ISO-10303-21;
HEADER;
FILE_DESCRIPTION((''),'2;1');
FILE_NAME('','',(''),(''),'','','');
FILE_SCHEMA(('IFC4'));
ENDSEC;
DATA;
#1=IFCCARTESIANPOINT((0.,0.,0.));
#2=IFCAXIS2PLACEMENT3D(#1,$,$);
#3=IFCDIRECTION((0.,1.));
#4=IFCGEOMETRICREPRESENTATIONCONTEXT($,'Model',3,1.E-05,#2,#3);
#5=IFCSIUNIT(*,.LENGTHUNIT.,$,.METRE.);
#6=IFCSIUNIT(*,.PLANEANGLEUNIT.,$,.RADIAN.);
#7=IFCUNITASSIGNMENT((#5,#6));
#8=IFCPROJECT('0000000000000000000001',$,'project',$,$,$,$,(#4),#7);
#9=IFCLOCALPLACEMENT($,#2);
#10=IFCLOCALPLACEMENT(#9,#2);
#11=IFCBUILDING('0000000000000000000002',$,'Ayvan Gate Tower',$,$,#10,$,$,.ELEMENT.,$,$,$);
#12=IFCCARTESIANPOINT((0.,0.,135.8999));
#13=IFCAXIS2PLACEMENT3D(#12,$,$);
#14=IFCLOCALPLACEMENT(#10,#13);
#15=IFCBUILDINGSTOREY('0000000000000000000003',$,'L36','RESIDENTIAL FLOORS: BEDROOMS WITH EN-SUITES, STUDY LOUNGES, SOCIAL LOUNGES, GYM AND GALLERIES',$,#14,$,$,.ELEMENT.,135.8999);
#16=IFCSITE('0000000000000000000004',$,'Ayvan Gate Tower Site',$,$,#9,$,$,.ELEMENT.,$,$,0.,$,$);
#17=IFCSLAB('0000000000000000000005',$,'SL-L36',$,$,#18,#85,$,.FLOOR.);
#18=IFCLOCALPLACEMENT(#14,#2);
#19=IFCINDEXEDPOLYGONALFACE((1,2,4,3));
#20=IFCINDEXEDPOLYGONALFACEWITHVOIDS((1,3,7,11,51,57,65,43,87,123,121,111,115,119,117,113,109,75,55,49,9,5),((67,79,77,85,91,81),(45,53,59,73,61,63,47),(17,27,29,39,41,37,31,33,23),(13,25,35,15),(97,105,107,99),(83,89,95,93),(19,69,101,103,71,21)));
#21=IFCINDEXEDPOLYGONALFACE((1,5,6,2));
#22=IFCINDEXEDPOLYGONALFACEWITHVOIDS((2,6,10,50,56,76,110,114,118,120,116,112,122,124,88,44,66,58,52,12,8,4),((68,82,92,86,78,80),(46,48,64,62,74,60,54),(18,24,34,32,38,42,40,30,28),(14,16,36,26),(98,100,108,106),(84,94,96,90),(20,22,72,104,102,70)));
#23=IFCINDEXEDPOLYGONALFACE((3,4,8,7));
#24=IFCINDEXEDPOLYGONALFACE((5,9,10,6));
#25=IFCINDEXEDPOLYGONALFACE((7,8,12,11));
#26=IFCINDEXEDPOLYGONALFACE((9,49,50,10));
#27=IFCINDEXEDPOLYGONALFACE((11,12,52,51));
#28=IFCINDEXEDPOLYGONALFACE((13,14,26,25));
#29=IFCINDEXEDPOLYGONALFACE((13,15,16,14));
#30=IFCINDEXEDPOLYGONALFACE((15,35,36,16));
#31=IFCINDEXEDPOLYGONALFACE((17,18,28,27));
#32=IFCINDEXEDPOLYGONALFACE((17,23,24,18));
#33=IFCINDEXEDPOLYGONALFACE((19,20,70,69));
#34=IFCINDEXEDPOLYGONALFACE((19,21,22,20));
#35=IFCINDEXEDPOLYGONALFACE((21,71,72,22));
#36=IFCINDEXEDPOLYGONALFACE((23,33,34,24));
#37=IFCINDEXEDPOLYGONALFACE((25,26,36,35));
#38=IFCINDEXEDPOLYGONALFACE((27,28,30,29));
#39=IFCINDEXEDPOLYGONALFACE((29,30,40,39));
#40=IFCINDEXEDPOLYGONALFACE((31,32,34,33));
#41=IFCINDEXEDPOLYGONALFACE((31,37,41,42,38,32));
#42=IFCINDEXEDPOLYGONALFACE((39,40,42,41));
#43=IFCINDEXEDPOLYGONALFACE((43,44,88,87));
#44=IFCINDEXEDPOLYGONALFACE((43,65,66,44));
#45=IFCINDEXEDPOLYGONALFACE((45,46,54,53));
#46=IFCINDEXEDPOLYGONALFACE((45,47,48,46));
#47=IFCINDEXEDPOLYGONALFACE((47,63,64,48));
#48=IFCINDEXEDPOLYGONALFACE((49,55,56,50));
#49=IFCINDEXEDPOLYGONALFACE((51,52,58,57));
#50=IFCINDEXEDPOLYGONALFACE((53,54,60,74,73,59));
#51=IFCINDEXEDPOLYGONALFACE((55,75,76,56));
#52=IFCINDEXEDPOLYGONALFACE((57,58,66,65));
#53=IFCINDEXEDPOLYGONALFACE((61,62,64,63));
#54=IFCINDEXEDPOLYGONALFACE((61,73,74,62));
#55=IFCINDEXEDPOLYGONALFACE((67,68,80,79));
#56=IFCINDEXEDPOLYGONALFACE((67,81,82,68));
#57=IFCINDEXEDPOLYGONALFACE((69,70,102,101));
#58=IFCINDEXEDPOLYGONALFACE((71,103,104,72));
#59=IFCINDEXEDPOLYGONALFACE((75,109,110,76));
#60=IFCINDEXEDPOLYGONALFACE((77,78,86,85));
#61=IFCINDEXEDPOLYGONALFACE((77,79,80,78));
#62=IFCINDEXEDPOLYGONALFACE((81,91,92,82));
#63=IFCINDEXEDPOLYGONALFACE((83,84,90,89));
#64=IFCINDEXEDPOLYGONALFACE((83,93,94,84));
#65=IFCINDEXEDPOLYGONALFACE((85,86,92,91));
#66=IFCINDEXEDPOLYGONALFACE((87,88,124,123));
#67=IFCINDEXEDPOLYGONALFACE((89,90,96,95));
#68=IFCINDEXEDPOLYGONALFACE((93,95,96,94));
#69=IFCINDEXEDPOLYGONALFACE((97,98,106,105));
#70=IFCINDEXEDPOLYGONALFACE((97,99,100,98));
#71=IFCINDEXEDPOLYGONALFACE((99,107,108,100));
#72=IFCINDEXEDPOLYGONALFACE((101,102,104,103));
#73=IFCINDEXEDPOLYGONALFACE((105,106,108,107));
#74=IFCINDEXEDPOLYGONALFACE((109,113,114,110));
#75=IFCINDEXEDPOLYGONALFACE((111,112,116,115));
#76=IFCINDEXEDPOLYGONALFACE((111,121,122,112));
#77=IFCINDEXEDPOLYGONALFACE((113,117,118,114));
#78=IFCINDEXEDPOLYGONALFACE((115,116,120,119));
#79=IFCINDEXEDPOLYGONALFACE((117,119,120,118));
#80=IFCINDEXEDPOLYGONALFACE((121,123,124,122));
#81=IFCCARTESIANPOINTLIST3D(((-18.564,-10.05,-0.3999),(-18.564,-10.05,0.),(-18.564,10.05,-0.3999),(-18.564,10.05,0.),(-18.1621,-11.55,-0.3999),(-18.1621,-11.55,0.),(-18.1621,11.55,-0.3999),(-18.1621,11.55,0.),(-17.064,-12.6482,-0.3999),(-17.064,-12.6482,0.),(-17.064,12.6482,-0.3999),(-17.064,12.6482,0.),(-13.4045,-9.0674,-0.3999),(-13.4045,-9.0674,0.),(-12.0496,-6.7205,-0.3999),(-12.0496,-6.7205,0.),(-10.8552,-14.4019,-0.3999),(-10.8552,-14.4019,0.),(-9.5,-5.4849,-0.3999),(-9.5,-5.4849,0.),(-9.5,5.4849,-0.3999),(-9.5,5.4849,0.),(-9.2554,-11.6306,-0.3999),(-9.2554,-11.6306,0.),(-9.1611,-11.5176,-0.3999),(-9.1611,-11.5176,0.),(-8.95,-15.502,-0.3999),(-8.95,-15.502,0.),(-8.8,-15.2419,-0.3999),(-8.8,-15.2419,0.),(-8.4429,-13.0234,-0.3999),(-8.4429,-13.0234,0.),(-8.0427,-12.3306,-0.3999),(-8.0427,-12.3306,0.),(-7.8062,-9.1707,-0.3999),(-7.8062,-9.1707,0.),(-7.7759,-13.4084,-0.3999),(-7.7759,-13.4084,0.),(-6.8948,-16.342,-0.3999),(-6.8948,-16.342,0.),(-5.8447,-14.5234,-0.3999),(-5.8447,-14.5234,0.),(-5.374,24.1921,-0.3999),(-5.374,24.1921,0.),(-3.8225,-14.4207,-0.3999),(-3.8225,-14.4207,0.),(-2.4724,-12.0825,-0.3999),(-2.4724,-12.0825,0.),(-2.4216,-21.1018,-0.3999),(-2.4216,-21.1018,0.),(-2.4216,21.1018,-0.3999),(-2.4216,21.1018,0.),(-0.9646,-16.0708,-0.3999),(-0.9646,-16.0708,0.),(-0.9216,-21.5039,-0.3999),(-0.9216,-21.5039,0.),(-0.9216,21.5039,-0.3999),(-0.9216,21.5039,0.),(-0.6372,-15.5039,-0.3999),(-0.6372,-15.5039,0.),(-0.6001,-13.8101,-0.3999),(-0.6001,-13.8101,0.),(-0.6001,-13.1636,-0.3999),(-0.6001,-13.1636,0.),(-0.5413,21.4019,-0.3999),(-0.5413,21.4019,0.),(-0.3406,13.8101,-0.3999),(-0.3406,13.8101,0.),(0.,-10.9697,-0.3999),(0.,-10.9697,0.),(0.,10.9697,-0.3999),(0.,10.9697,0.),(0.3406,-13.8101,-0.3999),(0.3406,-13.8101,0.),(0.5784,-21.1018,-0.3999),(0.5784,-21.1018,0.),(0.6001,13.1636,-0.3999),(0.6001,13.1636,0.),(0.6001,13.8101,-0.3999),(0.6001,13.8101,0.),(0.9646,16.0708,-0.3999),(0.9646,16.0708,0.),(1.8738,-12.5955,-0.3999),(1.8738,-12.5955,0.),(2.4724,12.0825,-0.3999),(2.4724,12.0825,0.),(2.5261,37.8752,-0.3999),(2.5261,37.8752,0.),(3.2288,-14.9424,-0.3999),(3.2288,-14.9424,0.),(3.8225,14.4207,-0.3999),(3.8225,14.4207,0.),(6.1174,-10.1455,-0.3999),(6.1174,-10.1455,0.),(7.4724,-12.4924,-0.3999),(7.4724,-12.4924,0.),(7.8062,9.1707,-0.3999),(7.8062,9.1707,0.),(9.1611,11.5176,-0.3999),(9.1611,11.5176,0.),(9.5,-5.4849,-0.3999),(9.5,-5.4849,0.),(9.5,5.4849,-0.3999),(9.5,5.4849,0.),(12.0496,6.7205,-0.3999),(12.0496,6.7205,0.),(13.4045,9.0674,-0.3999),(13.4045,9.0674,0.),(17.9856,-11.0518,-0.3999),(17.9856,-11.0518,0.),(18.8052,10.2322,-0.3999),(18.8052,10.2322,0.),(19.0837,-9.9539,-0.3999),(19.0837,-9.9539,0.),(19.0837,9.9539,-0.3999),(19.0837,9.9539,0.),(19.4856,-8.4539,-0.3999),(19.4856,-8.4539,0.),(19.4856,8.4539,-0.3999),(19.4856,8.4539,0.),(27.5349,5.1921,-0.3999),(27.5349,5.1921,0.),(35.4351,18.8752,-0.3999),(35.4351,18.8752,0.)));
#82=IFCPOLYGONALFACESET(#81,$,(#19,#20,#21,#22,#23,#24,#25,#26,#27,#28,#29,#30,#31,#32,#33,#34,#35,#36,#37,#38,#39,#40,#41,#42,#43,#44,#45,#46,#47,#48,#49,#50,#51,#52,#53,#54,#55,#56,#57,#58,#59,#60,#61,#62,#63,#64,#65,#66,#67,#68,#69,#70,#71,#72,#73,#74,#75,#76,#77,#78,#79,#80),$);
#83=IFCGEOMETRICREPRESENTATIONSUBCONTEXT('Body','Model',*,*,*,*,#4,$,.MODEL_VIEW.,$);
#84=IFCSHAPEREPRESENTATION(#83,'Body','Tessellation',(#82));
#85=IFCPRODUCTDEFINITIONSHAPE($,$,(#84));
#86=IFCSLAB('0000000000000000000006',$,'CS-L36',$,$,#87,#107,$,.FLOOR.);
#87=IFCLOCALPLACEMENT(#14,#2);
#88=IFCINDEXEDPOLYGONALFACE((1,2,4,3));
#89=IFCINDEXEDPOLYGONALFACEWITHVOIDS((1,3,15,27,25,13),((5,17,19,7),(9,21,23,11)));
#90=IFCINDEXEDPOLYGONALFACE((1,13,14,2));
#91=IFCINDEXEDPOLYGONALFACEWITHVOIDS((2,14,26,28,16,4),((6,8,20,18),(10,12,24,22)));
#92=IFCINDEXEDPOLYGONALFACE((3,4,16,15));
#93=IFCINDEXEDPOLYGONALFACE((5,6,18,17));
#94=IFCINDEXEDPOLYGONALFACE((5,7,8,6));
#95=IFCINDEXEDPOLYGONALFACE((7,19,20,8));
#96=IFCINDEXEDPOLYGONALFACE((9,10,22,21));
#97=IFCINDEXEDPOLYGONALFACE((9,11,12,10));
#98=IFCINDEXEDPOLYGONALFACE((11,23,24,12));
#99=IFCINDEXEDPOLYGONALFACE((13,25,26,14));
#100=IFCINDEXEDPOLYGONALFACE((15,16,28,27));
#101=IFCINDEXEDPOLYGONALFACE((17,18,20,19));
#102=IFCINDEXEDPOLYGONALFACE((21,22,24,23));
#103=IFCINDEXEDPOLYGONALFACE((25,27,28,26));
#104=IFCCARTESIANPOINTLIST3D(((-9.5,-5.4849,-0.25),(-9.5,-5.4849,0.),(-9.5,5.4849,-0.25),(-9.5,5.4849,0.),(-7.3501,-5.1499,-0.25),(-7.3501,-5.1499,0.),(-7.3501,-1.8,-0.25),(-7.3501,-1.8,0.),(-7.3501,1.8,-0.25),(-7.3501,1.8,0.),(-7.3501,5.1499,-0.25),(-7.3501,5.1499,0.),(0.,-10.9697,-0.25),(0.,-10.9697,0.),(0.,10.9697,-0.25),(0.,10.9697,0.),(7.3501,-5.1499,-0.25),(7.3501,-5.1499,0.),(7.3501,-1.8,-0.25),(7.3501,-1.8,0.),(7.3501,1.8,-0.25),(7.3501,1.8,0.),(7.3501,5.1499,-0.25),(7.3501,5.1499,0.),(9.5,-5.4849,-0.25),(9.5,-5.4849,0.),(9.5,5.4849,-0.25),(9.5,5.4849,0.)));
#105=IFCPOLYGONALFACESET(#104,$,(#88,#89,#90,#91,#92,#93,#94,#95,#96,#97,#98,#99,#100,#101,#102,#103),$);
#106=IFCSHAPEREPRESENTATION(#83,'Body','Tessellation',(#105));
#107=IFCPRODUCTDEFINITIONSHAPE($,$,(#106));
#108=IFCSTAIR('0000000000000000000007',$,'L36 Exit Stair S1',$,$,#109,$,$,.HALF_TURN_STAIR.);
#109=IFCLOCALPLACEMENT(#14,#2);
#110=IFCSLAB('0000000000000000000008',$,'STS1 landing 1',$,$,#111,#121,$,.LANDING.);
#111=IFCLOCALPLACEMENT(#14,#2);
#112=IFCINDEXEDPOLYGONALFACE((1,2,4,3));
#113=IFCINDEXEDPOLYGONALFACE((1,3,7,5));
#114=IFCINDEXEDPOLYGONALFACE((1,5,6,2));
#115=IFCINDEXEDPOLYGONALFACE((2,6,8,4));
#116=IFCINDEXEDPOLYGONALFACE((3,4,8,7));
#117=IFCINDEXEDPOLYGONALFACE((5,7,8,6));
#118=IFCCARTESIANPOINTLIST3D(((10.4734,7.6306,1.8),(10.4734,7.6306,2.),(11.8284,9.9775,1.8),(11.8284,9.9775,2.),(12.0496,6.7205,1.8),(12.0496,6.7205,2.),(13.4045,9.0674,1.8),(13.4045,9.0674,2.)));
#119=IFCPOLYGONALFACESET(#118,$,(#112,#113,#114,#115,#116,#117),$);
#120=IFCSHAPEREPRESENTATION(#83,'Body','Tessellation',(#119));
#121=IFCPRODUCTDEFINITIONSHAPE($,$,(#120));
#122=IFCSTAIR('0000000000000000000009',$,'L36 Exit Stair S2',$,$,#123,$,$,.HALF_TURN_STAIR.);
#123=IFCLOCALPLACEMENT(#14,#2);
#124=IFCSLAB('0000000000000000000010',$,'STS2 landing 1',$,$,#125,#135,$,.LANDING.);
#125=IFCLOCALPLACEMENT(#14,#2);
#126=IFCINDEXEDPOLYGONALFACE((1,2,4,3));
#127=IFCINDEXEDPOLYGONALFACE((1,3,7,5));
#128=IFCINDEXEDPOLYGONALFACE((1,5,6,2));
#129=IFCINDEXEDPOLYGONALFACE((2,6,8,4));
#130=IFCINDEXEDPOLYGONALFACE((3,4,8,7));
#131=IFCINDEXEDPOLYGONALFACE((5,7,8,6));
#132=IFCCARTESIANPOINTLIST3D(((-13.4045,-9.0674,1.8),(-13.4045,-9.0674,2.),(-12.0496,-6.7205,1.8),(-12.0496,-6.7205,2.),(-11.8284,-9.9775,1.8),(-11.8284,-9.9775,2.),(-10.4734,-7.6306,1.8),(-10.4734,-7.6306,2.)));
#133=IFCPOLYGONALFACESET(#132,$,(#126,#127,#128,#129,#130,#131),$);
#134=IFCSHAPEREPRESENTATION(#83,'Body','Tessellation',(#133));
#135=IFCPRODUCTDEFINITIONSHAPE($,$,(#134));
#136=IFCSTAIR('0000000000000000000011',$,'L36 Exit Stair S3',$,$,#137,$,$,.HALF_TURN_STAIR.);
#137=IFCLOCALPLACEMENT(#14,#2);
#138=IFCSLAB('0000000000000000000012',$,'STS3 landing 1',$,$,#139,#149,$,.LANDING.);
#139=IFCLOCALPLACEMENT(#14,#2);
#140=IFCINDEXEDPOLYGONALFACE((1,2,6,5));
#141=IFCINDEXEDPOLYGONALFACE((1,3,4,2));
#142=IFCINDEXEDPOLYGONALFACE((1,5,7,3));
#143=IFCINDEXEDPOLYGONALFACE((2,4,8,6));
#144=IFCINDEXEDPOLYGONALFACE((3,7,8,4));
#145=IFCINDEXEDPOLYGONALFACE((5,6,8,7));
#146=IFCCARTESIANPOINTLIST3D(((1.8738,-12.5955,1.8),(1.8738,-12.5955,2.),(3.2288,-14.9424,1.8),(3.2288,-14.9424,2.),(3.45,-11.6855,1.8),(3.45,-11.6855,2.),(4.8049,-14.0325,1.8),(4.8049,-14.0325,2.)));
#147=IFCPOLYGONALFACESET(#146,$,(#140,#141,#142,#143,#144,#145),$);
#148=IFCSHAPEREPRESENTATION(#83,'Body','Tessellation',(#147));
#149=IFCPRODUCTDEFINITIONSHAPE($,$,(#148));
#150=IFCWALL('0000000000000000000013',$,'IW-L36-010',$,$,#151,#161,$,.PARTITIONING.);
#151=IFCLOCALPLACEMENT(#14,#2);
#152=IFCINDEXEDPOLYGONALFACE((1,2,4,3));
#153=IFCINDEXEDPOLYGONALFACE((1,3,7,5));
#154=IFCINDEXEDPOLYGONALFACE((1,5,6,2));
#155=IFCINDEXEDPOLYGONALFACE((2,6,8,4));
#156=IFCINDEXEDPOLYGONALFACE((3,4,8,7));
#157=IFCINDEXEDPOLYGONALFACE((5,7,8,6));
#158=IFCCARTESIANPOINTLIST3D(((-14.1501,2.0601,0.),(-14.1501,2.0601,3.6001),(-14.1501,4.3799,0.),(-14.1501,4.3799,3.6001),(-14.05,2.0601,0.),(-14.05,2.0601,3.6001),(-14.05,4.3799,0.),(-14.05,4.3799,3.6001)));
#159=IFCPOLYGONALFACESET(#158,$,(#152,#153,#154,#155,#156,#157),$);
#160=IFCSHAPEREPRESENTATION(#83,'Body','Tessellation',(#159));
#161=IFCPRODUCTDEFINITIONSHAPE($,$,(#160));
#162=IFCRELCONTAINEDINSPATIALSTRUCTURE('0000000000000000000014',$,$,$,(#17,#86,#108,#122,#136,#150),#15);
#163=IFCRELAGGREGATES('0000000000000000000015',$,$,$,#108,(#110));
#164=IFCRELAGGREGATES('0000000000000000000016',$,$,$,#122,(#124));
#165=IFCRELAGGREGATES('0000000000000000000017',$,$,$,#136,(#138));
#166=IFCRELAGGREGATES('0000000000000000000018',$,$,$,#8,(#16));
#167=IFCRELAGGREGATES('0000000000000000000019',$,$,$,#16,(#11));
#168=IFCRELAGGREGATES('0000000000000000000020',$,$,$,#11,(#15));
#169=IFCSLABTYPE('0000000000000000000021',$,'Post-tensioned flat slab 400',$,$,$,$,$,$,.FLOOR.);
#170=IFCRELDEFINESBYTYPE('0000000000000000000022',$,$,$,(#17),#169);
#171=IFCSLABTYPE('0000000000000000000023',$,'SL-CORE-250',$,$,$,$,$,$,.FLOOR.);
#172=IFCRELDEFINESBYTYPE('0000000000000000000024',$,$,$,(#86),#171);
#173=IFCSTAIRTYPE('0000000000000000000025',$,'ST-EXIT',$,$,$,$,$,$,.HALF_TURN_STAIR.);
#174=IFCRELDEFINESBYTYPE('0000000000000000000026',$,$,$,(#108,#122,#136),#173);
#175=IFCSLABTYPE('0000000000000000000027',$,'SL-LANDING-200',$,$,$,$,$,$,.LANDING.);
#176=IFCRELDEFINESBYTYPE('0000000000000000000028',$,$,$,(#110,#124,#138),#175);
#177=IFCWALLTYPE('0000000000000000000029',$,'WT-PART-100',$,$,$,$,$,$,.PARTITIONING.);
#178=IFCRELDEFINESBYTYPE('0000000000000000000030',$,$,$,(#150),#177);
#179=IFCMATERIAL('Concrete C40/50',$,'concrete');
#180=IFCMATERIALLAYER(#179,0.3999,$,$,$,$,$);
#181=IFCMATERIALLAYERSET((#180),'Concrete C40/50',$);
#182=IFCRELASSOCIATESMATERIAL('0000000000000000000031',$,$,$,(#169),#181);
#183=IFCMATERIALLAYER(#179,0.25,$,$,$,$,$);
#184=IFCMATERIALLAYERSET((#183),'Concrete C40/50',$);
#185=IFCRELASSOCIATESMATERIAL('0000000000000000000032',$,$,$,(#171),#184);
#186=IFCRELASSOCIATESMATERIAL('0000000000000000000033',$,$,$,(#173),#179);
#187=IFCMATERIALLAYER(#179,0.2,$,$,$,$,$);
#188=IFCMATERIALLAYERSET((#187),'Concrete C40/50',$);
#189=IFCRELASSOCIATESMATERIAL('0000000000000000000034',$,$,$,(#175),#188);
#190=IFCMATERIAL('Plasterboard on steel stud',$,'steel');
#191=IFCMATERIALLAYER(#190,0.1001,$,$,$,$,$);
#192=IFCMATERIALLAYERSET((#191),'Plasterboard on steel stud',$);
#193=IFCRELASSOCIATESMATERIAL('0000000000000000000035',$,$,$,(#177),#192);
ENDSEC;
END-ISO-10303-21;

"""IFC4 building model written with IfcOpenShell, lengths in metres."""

from ifc_helpers import new_model, si_unit, direction, frame, frame_2d, origin, place, context, subcontext, project, spatial, polyline, rectangle, outline, extrude, material, layer, layer_set, type_object, element, aggregate, save


model = new_model("IFC4")

# Units and contexts
model_context = context("Model", 3, precision=1e-05, world=origin(), true_north=direction((0.0, 1.0)))
body_context = subcontext(model_context, "Body", "Model", "MODEL_VIEW")
ifc_project = project(units=[si_unit("LENGTHUNIT", "METRE"), si_unit("PLANEANGLEUNIT", "RADIAN")], contexts=[model_context])

# Site, building, storey
site_placement = place(None, origin())
site = spatial("IfcSite", under=ifc_project, at=site_placement, Name="Ayvan Gate Tower Site", CompositionType="ELEMENT", RefElevation=0.0)
building_placement = place(site_placement, origin())
building = spatial("IfcBuilding", under=site, at=building_placement, Name="Ayvan Gate Tower", CompositionType="ELEMENT")
storey_placement = place(building_placement, frame((0.0, 0.0, 135.8999)))
storey = spatial("IfcBuildingStorey", under=building, at=storey_placement, Name="L36", Description="RESIDENTIAL FLOORS: BEDROOMS WITH EN-SUITES, STUDY LOUNGES, SOCIAL LOUNGES, GYM AND GALLERIES", CompositionType="ELEMENT", Elevation=135.8999)

# Slabs
ifc_material_1 = material(Name="Concrete C40/50", Category="concrete")
ifc_layer_1 = layer(ifc_material_1, 0.3999)
ifc_layer_set_1 = layer_set([ifc_layer_1], Name="Concrete C40/50")
slab_type_1 = type_object("IfcSlabType", Name="Post-tensioned flat slab 400", PredefinedType="FLOOR", material=ifc_layer_set_1)
slab_1_placement = place(storey_placement, frame((0.0, 0.0, -0.3999)))
element("IfcSlab", 1, at=slab_1_placement, inside=storey, type_object=slab_type_1, Name="SL-L36", PredefinedType="FLOOR", context=body_context, shape_type="SweptSolid", body=[
    extrude(outline(polyline([(-2.4216, -21.1018), (-17.064, -12.6482), (-18.1621, -11.55), (-18.564, -10.05), (-18.564, 10.05), (-18.1621, 11.55), (-17.064, 12.6482), (-2.4216, 21.1018), (-0.9216, 21.5039), (-0.5413, 21.4019), (-5.374, 24.1921), (2.5261, 37.8752), (35.4351, 18.8752), (27.5349, 5.1921), (18.8052, 10.2322), (19.0837, 9.9539), (19.4856, 8.4539), (19.4856, -8.4539), (19.0837, -9.9539), (17.9856, -11.0518), (0.5784, -21.1018), (-0.9216, -21.5039), (-2.4216, -21.1018)]), holes=[polyline([(13.4045, 9.0674), (9.1611, 11.5176), (7.8062, 9.1707), (12.0496, 6.7205), (13.4045, 9.0674)]), polyline([(0.0, 10.9697), (-9.5, 5.4849), (-9.5, -5.4849), (0.0, -10.9697), (9.5, -5.4849), (9.5, 5.4849), (0.0, 10.9697)]), polyline([(3.2288, -14.9424), (7.4724, -12.4924), (6.1174, -10.1455), (1.8738, -12.5955), (3.2288, -14.9424)]), polyline([(2.4724, 12.0825), (3.8225, 14.4207), (0.9646, 16.0708), (-0.3406, 13.8101), (0.6001, 13.8101), (0.6001, 13.1636), (2.4724, 12.0825)]), polyline([(0.3406, -13.8101), (-0.6001, -13.8101), (-0.6001, -13.1636), (-2.4724, -12.0825), (-3.8225, -14.4207), (-0.9646, -16.0708), (-0.6372, -15.5039), (0.3406, -13.8101)]), polyline([(-8.8, -15.2419), (-6.8948, -16.342), (-5.8447, -14.5234), (-7.7759, -13.4084), (-8.4429, -13.0234), (-8.0427, -12.3306), (-9.2554, -11.6306), (-10.8552, -14.4019), (-8.95, -15.502), (-8.8, -15.2419)]), polyline([(-7.8062, -9.1707), (-12.0496, -6.7205), (-13.4045, -9.0674), (-9.1611, -11.5176), (-7.8062, -9.1707)])]), origin(), (0.0, 0.0, 1.0), 0.3999),
])
ifc_layer_2 = layer(ifc_material_1, 0.25)
ifc_layer_set_2 = layer_set([ifc_layer_2], Name="Concrete C40/50")
slab_type_2 = type_object("IfcSlabType", Name="SL-CORE-250", PredefinedType="FLOOR", material=ifc_layer_set_2)
slab_2_placement = place(storey_placement, frame((0.0, 0.0, -0.25)))
element("IfcSlab", 2, at=slab_2_placement, inside=storey, type_object=slab_type_2, Name="CS-L36", PredefinedType="FLOOR", context=body_context, shape_type="SweptSolid", body=[
    extrude(outline(polyline([(9.5, -5.4849), (0.0, -10.9697), (-9.5, -5.4849), (-9.5, 5.4849), (0.0, 10.9697), (9.5, 5.4849), (9.5, -5.4849)]), holes=[polyline([(-7.3501, -1.8), (-7.3501, -5.1499), (7.3501, -5.1499), (7.3501, -1.8), (-7.3501, -1.8)]), polyline([(-7.3501, 5.1499), (-7.3501, 1.8), (7.3501, 1.8), (7.3501, 5.1499), (-7.3501, 5.1499)])]), origin(), (0.0, 0.0, 1.0), 0.25),
])

# Stairs, slabs
stair_type = type_object("IfcStairType", Name="ST-EXIT", PredefinedType="HALF_TURN_STAIR", material=ifc_material_1)
stair_1_placement = place(storey_placement, origin())
stair_1 = element("IfcStair", 3, at=stair_1_placement, inside=storey, type_object=stair_type, Name="L36 Exit Stair S1", PredefinedType="HALF_TURN_STAIR")
ifc_layer_3 = layer(ifc_material_1, 0.2)
ifc_layer_set_3 = layer_set([ifc_layer_3], Name="Concrete C40/50")
slab_type_3 = type_object("IfcSlabType", Name="SL-LANDING-200", PredefinedType="LANDING", material=ifc_layer_set_3)
slab_3_placement = place(storey_placement, frame((0.0, 0.0, 1.8)))
slab_3 = element("IfcSlab", 4, at=slab_3_placement, type_object=slab_type_3, Name="STS1 landing 1", PredefinedType="LANDING", context=body_context, shape_type="SweptSolid", body=[
    extrude(outline(polyline([(10.4734, 7.6306), (12.0496, 6.7205), (13.4045, 9.0674), (11.8284, 9.9775), (10.4734, 7.6306)])), origin(), (0.0, 0.0, 1.0), 0.2),
])
aggregate(stair_1, [slab_3])
stair_2_placement = place(storey_placement, origin())
stair_2 = element("IfcStair", 5, at=stair_2_placement, inside=storey, type_object=stair_type, Name="L36 Exit Stair S2", PredefinedType="HALF_TURN_STAIR")
slab_4_placement = place(storey_placement, frame((0.0, 0.0, 1.8)))
slab_4 = element("IfcSlab", 6, at=slab_4_placement, type_object=slab_type_3, Name="STS2 landing 1", PredefinedType="LANDING", context=body_context, shape_type="SweptSolid", body=[
    extrude(outline(polyline([(-10.4734, -7.6306), (-12.0496, -6.7205), (-13.4045, -9.0674), (-11.8284, -9.9775), (-10.4734, -7.6306)])), origin(), (0.0, 0.0, 1.0), 0.2),
])
aggregate(stair_2, [slab_4])
stair_3_placement = place(storey_placement, origin())
stair_3 = element("IfcStair", 7, at=stair_3_placement, inside=storey, type_object=stair_type, Name="L36 Exit Stair S3", PredefinedType="HALF_TURN_STAIR")
slab_5_placement = place(storey_placement, frame((0.0, 0.0, 1.8)))
slab_5 = element("IfcSlab", 8, at=slab_5_placement, type_object=slab_type_3, Name="STS3 landing 1", PredefinedType="LANDING", context=body_context, shape_type="SweptSolid", body=[
    extrude(outline(polyline([(3.45, -11.6855), (1.8738, -12.5955), (3.2288, -14.9424), (4.8049, -14.0325), (3.45, -11.6855)])), origin(), (0.0, 0.0, 1.0), 0.2),
])
aggregate(stair_3, [slab_5])

# Wall
ifc_material_2 = material(Name="Plasterboard on steel stud", Category="steel")
ifc_layer_4 = layer(ifc_material_2, 0.1001)
ifc_layer_set_4 = layer_set([ifc_layer_4], Name="Plasterboard on steel stud")
wall_type_1 = type_object("IfcWallType", Name="WT-PART-100", PredefinedType="PARTITIONING", material=ifc_layer_set_4)
wall_1_placement = place(storey_placement, frame((-14.1001, 4.3799, 0.0), z_axis=(0.0, 0.0, 1.0), x_axis=(0.0, -1.0, 0.0)))
element("IfcWall", 9, at=wall_1_placement, inside=storey, type_object=wall_type_1, Name="IW-L36-010", PredefinedType="PARTITIONING", context=body_context, shape_type="SweptSolid", body=[
    extrude(rectangle(XDim=2.3198, YDim=0.1001, at=frame_2d((1.1599, 0.0))), origin(), (0.0, 0.0, 1.0), 3.6001),
])

save(model, "model.ifc")
